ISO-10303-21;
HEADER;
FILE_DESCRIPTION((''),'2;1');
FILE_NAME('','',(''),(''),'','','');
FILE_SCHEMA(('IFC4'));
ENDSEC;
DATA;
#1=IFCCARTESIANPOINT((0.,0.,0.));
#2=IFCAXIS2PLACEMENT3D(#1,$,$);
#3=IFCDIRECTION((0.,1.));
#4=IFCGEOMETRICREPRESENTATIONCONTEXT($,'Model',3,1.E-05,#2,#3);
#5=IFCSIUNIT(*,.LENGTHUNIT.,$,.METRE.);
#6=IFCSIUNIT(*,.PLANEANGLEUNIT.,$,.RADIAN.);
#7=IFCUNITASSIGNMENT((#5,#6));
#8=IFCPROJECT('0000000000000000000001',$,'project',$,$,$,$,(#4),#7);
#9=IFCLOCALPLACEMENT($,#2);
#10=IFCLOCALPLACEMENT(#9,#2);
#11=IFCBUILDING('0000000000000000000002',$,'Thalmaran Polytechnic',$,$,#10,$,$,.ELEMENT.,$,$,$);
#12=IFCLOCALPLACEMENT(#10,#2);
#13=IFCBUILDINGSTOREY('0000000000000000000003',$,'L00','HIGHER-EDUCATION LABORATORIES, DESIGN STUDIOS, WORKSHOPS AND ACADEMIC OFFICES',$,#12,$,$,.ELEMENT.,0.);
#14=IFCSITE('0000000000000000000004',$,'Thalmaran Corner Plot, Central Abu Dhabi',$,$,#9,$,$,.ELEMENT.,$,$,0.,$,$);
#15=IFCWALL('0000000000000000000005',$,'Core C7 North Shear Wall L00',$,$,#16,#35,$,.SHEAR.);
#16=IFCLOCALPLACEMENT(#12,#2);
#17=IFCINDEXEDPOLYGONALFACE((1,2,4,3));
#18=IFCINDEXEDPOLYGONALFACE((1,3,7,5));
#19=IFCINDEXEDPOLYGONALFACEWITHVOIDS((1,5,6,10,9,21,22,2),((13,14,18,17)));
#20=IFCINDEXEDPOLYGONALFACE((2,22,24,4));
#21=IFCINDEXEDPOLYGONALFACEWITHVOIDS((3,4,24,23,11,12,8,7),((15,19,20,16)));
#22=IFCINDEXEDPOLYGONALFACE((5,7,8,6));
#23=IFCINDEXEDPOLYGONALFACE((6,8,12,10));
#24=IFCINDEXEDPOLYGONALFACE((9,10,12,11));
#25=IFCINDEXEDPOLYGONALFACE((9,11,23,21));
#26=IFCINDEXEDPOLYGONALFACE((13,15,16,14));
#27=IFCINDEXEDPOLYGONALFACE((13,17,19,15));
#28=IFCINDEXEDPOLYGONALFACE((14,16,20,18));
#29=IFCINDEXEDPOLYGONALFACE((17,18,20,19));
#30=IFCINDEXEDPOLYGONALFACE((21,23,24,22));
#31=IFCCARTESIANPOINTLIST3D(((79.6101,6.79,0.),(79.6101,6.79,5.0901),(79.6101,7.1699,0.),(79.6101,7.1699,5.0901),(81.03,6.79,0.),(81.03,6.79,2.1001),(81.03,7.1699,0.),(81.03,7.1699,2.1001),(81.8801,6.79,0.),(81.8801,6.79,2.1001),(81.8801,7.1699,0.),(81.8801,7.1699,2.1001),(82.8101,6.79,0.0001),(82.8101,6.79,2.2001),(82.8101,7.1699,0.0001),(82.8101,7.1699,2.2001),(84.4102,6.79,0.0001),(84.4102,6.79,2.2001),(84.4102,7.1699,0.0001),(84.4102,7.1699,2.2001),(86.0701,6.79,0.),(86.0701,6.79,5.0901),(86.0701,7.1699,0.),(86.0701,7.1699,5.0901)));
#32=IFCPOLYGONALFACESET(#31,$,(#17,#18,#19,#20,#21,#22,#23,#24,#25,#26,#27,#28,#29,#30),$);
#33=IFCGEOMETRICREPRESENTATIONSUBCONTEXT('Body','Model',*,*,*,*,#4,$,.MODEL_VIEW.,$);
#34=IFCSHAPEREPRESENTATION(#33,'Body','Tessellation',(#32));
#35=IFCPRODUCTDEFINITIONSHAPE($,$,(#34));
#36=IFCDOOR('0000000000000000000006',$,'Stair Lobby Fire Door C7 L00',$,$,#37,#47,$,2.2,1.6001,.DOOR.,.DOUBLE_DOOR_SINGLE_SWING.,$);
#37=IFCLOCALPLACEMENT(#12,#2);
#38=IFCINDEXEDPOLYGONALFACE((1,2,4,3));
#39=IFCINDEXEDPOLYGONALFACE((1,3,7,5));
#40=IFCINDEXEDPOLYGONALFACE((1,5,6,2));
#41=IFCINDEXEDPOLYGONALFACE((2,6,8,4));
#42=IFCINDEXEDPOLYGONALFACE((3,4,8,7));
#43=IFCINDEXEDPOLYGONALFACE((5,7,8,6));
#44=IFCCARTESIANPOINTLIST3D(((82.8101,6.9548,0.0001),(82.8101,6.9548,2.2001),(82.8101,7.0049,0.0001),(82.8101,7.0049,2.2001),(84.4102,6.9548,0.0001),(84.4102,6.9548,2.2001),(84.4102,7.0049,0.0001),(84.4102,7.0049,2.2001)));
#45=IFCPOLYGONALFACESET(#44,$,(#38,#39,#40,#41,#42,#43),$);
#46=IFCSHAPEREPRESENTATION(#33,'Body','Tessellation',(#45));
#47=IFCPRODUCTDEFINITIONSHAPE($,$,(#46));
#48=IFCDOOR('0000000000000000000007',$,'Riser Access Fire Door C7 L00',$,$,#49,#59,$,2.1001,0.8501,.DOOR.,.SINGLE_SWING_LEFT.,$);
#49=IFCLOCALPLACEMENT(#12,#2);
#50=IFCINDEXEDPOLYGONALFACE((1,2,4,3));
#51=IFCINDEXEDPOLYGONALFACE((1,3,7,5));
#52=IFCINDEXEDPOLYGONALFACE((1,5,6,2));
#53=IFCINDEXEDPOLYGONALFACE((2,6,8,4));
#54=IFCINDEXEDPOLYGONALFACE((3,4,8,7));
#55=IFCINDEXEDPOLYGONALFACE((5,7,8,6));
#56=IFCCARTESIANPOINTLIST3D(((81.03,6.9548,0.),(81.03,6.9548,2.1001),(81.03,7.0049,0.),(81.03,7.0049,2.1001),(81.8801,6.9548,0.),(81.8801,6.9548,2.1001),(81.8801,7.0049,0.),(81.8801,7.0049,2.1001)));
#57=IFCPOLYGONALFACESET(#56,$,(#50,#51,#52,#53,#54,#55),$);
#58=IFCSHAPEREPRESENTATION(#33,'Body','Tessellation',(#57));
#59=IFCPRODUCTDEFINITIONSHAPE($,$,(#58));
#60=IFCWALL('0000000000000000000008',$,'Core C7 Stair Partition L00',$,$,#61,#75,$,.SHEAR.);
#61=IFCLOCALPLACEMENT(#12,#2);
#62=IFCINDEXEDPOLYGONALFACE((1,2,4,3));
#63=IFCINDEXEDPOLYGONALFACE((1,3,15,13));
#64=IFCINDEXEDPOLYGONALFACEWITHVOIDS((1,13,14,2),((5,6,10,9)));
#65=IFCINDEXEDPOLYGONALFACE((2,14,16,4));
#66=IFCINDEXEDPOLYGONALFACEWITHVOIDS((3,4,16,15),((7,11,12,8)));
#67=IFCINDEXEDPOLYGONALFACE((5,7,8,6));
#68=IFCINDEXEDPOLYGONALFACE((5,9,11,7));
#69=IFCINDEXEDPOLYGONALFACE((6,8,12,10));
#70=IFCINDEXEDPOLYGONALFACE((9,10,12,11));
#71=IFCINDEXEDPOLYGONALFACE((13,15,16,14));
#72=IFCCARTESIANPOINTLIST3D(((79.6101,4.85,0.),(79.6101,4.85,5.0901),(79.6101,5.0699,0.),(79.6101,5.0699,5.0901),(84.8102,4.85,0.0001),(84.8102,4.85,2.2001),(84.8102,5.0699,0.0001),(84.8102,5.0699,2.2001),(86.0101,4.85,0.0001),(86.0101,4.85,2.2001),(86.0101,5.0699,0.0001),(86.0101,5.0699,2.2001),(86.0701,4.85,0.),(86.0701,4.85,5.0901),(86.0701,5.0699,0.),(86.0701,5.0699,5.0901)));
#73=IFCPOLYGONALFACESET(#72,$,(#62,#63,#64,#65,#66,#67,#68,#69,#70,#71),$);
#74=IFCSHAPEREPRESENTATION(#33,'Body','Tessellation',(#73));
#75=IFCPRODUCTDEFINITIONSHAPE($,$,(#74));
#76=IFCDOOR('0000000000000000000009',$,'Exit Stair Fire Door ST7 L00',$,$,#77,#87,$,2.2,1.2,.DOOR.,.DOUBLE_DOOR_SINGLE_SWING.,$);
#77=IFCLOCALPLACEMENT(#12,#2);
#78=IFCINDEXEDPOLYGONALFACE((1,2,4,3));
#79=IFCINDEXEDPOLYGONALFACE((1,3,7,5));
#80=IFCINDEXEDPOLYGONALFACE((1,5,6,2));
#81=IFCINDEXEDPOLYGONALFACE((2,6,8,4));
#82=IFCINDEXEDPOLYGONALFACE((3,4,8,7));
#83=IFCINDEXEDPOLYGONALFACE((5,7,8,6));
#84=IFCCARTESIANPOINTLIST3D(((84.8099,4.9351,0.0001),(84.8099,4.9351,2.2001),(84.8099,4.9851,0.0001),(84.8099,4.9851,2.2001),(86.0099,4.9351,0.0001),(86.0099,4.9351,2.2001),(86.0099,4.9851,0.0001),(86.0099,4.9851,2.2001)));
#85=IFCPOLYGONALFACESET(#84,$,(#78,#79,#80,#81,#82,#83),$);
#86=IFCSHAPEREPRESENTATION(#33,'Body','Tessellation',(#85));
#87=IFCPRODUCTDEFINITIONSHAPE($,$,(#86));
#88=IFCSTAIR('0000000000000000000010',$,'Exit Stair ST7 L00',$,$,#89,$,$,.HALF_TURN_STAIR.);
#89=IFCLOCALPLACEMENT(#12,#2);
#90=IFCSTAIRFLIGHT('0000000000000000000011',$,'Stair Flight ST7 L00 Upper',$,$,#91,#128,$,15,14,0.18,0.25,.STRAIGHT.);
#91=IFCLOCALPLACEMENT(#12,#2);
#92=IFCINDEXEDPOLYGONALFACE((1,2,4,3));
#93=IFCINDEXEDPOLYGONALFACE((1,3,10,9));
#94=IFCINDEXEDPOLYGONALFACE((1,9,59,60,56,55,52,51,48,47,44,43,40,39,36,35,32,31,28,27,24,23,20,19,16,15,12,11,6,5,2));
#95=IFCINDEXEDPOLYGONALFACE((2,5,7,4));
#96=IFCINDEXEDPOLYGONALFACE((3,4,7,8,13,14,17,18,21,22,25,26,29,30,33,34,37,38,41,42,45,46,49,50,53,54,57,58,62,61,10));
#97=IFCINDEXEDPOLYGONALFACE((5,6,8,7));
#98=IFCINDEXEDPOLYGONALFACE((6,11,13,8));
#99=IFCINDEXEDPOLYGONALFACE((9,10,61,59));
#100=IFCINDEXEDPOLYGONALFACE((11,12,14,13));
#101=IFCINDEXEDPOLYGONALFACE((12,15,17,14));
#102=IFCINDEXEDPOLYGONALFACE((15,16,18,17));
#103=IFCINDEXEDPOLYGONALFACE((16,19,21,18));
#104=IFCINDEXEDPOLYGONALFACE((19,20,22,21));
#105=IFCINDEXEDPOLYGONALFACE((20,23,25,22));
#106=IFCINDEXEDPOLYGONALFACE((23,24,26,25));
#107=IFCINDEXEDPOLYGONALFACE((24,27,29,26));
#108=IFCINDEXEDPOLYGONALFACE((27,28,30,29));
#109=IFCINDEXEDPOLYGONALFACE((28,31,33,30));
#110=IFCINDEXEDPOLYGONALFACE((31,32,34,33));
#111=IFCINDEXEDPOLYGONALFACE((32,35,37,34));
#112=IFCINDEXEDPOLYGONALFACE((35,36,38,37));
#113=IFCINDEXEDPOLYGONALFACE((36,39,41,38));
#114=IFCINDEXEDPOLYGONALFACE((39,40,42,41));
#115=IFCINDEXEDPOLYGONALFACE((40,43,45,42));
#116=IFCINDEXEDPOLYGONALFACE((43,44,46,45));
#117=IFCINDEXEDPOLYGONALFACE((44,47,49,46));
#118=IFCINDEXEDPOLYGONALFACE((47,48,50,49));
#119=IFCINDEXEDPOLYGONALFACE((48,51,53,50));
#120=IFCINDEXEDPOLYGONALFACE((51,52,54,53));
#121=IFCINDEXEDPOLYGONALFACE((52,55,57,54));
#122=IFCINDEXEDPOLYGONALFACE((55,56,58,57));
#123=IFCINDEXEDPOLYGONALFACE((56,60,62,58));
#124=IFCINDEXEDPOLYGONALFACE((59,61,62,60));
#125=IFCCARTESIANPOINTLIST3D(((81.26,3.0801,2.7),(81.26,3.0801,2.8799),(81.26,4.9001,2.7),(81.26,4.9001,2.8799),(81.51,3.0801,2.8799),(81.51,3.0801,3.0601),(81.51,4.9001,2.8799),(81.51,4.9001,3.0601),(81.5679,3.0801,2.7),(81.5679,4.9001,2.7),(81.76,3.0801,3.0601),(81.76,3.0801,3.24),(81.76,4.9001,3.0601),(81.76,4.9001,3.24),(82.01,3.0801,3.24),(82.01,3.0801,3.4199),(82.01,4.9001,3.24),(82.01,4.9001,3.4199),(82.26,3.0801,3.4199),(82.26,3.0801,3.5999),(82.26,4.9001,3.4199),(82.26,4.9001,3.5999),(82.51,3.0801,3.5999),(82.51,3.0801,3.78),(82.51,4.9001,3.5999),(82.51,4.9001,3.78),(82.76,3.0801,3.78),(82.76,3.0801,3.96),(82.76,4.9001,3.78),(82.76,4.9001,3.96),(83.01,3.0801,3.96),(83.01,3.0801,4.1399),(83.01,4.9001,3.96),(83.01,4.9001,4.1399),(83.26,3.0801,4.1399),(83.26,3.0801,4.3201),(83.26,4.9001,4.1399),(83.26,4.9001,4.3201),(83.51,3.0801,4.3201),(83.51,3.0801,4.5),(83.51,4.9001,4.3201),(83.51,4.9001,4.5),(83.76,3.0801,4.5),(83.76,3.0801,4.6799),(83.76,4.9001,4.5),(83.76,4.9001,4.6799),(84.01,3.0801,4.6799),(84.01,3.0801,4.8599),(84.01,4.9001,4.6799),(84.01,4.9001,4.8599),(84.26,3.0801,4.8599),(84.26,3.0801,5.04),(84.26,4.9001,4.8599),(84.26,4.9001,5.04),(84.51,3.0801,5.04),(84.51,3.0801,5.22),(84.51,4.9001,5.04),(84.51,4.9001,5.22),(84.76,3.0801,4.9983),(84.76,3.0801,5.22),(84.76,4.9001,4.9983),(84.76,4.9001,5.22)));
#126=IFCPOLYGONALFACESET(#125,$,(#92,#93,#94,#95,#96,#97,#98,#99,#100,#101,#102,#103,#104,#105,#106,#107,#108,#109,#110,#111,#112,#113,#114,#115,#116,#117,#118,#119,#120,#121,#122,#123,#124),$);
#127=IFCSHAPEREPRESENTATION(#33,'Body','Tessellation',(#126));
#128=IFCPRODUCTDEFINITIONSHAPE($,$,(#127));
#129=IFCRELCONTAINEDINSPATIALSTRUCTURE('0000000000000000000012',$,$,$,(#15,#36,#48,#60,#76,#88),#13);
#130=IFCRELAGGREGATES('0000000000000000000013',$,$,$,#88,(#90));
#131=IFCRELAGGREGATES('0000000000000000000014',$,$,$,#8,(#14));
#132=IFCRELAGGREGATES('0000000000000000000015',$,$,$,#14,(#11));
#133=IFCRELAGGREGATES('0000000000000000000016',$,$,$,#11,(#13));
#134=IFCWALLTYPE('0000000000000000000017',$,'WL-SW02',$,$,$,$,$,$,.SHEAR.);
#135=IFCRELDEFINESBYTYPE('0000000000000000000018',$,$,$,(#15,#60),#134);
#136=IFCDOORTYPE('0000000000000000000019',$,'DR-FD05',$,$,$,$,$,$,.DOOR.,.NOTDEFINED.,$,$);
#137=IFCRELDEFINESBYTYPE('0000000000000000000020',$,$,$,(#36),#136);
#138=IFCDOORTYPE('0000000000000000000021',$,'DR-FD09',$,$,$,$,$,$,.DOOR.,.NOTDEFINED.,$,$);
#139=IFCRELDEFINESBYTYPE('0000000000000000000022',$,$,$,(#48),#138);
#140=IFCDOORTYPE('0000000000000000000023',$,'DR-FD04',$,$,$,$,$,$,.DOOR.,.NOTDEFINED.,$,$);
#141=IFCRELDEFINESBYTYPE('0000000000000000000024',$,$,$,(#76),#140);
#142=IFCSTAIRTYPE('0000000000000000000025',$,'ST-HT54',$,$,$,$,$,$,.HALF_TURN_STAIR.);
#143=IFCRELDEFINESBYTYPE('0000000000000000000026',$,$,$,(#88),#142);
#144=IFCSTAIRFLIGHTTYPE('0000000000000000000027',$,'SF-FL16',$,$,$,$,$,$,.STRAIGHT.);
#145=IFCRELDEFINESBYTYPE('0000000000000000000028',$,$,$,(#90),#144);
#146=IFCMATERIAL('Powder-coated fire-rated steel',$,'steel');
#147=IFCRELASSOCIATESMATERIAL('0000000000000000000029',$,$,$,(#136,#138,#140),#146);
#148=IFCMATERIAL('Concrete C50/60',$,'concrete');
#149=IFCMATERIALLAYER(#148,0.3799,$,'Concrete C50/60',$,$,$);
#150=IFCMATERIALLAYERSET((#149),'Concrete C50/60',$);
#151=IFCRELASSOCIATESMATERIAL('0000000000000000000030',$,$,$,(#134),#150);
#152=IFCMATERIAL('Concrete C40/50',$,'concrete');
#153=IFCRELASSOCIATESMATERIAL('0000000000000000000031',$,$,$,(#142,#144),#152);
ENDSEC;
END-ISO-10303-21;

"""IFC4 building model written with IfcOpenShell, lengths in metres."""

from ifc_helpers import new_model, si_unit, direction, frame, frame_2d, origin, place, context, subcontext, project, spatial, polyline, rectangle, outline, extrude, material, layer, layer_set, type_object, element, fill, aggregate, save


model = new_model("IFC4")

# Units and contexts
model_context = context("Model", 3, precision=1e-05, world=origin(), true_north=direction((0.0, 1.0)))
body_context = subcontext(model_context, "Body", "Model", "MODEL_VIEW")
ifc_project = project(units=[si_unit("LENGTHUNIT", "METRE"), si_unit("PLANEANGLEUNIT", "RADIAN")], contexts=[model_context])

# Site, building, storey
site_placement = place(None, origin())
site = spatial("IfcSite", under=ifc_project, at=site_placement, Name="Thalmaran Corner Plot, Central Abu Dhabi", CompositionType="ELEMENT", RefElevation=0.0)
building_placement = place(site_placement, origin())
building = spatial("IfcBuilding", under=site, at=building_placement, Name="Thalmaran Polytechnic", CompositionType="ELEMENT")
storey_placement = place(building_placement, origin())
storey = spatial("IfcBuildingStorey", under=building, at=storey_placement, Name="L00", Description="HIGHER-EDUCATION LABORATORIES, DESIGN STUDIOS, WORKSHOPS AND ACADEMIC OFFICES", CompositionType="ELEMENT", Elevation=0.0)

# Shared definitions
ifc_material_1 = material(Name="Concrete C50/60", Category="concrete")
ifc_material_2 = material(Name="Concrete C40/50", Category="concrete")

# Shared definitions
ifc_material_3 = material(Name="Powder-coated fire-rated steel", Category="steel")
door_type_1 = type_object("IfcDoorType", Name="DR-FD05", OperationType="NOTDEFINED", PredefinedType="DOOR", material=ifc_material_3)

# Shared definitions
ifc_layer_1 = layer(ifc_material_1, 0.3799, Name="Concrete C50/60")
ifc_layer_set_1 = layer_set([ifc_layer_1], Name="Concrete C50/60")
wall_type_1 = type_object("IfcWallType", Name="WL-SW02", PredefinedType="SHEAR", material=ifc_layer_set_1)

# Wall, openings, doors
wall_1_placement = place(storey_placement, frame((79.6101, 6.98, 0.0), z_axis=(0.0, 0.0, 1.0), x_axis=(1.0, 0.0, 0.0)))
wall_1 = element("IfcWall", 1, at=wall_1_placement, inside=storey, type_object=wall_type_1, Name="Core C7 North Shear Wall L00", PredefinedType="SHEAR", context=body_context, shape_type="SweptSolid", body=[
    extrude(rectangle(XDim=6.46, YDim=0.3799, at=frame_2d((3.23, 0.0))), origin(), (0.0, 0.0, 1.0), 5.0901),
])
opening_1_placement = place(wall_1_placement, frame((1.4199, 0.0, 0.0)))
opening_1 = element("IfcOpeningElement", 2, at=opening_1_placement, cuts=wall_1, PredefinedType="OPENING", context=body_context, shape_type="SweptSolid", body=[
    extrude(rectangle(XDim=0.8501, YDim=2.1001, at=frame_2d((0.425, 1.05))), frame((0.0, 0.2, 0.0), z_axis=(0.0, -1.0, 0.0), x_axis=(1.0, 0.0, 0.0)), (0.0, 0.0, 1.0), 0.3999),
])
opening_2_placement = place(wall_1_placement, frame((3.2, 0.0, 0.0)))
opening_2 = element("IfcOpeningElement", 3, at=opening_2_placement, cuts=wall_1, PredefinedType="OPENING", context=body_context, shape_type="SweptSolid", body=[
    extrude(rectangle(XDim=1.6001, YDim=2.2, at=frame_2d((0.8, 1.1001))), frame((0.0, 0.2, 0.0), z_axis=(0.0, -1.0, 0.0), x_axis=(1.0, 0.0, 0.0)), (0.0, 0.0, 1.0), 0.3999),
])
door_1_placement = place(opening_2_placement, origin())
door_1 = element("IfcDoor", 4, at=door_1_placement, inside=storey, type_object=door_type_1, Name="Stair Lobby Fire Door C7 L00", OperationType="DOUBLE_DOOR_SINGLE_SWING", OverallHeight=2.2, OverallWidth=1.6001, PredefinedType="DOOR", context=body_context, shape_type="SweptSolid", body=[
    extrude(rectangle(XDim=1.6001, YDim=2.2, at=frame_2d((0.8, 1.1001))), frame((0.0, 0.0249, 0.0), z_axis=(0.0, -1.0, 0.0), x_axis=(1.0, 0.0, 0.0)), (0.0, 0.0, 1.0), 0.05),
])
fill(opening_2, door_1)
door_type_2 = type_object("IfcDoorType", Name="DR-FD09", OperationType="NOTDEFINED", PredefinedType="DOOR", material=ifc_material_3)
door_2_placement = place(opening_1_placement, origin())
door_2 = element("IfcDoor", 5, at=door_2_placement, inside=storey, type_object=door_type_2, Name="Riser Access Fire Door C7 L00", OperationType="SINGLE_SWING_LEFT", OverallHeight=2.1001, OverallWidth=0.8501, PredefinedType="DOOR", context=body_context, shape_type="SweptSolid", body=[
    extrude(rectangle(XDim=0.8501, YDim=2.1001, at=frame_2d((0.425, 1.05))), frame((0.0, 0.0249, 0.0), z_axis=(0.0, -1.0, 0.0), x_axis=(1.0, 0.0, 0.0)), (0.0, 0.0, 1.0), 0.05),
])
fill(opening_1, door_2)

# Wall, opening, door
wall_2_placement = place(storey_placement, frame((79.6101, 4.96, 0.0), z_axis=(0.0, 0.0, 1.0), x_axis=(1.0, 0.0, 0.0)))
wall_2 = element("IfcWall", 6, at=wall_2_placement, inside=storey, type_object=wall_type_1, Name="Core C7 Stair Partition L00", PredefinedType="SHEAR", context=body_context, shape_type="SweptSolid", body=[
    extrude(rectangle(XDim=6.46, YDim=0.22, at=frame_2d((3.23, 0.0))), origin(), (0.0, 0.0, 1.0), 5.0901),
])
opening_3_placement = place(wall_2_placement, frame((5.2, 0.0, 0.0)))
opening_3 = element("IfcOpeningElement", 7, at=opening_3_placement, cuts=wall_2, PredefinedType="OPENING", context=body_context, shape_type="SweptSolid", body=[
    extrude(rectangle(XDim=1.2, YDim=2.2, at=frame_2d((0.6001, 1.1001))), frame((0.0, 0.1199, 0.0), z_axis=(0.0, -1.0, 0.0), x_axis=(1.0, 0.0, 0.0)), (0.0, 0.0, 1.0), 0.24),
])
door_type_3 = type_object("IfcDoorType", Name="DR-FD04", OperationType="NOTDEFINED", PredefinedType="DOOR", material=ifc_material_3)
door_3_placement = place(opening_3_placement, frame((1.2, 0.0, 0.0), z_axis=(0.0, 0.0, 1.0), x_axis=(-1.0, 0.0, 0.0)))
door_3 = element("IfcDoor", 8, at=door_3_placement, inside=storey, type_object=door_type_3, Name="Exit Stair Fire Door ST7 L00", OperationType="DOUBLE_DOOR_SINGLE_SWING", OverallHeight=2.2, OverallWidth=1.2, PredefinedType="DOOR", context=body_context, shape_type="SweptSolid", body=[
    extrude(rectangle(XDim=1.2, YDim=2.2, at=frame_2d((0.6001, 1.1001))), frame((0.0, 0.0249, 0.0), z_axis=(0.0, -1.0, 0.0), x_axis=(1.0, 0.0, 0.0)), (0.0, 0.0, 1.0), 0.05),
])
fill(opening_3, door_3)

# Stair, stair flight
stair_type = type_object("IfcStairType", Name="ST-HT54", PredefinedType="HALF_TURN_STAIR", material=ifc_material_2)
stair_placement = place(storey_placement, origin())
stair = element("IfcStair", 9, at=stair_placement, inside=storey, type_object=stair_type, Name="Exit Stair ST7 L00", PredefinedType="HALF_TURN_STAIR")
stair_flight_type = type_object("IfcStairFlightType", Name="SF-FL16", PredefinedType="STRAIGHT", material=ifc_material_2)
stair_flight_placement = place(storey_placement, frame((81.26, 3.99, 2.7), z_axis=(0.0, 0.0, 1.0), x_axis=(1.0, 0.0, 0.0)))
stair_flight = element("IfcStairFlight", 10, at=stair_flight_placement, type_object=stair_flight_type, Name="Stair Flight ST7 L00 Upper", NumberOfRisers=15, NumberOfTreads=14, PredefinedType="STRAIGHT", RiserHeight=0.18, TreadLength=0.25, context=body_context, shape_type="SweptSolid", body=[
    extrude(outline(polyline([(0.0, 0.0), (0.0, 0.1799), (0.25, 0.1799), (0.25, 0.3601), (0.5, 0.3601), (0.5, 0.54), (0.75, 0.54), (0.75, 0.72), (1.0, 0.72), (1.0, 0.8999), (1.25, 0.8999), (1.25, 1.0801), (1.5, 1.0801), (1.5, 1.26), (1.75, 1.26), (1.75, 1.4399), (2.0, 1.4399), (2.0, 1.6201), (2.25, 1.6201), (2.25, 1.8), (2.5, 1.8), (2.5, 1.98), (2.75, 1.98), (2.75, 2.1599), (3.0, 2.1599), (3.0, 2.3401), (3.25, 2.3401), (3.25, 2.52), (3.5, 2.52), (3.5, 2.7), (3.5, 2.2983), (0.3079, 0.0), (0.0, 0.0)])), frame((0.0, 0.9102, 0.0), z_axis=(0.0, -1.0, 0.0), x_axis=(1.0, 0.0, 0.0)), (0.0, 0.0, 1.0), 1.8201),
])
aggregate(stair, [stair_flight])

save(model, "model.ifc")
